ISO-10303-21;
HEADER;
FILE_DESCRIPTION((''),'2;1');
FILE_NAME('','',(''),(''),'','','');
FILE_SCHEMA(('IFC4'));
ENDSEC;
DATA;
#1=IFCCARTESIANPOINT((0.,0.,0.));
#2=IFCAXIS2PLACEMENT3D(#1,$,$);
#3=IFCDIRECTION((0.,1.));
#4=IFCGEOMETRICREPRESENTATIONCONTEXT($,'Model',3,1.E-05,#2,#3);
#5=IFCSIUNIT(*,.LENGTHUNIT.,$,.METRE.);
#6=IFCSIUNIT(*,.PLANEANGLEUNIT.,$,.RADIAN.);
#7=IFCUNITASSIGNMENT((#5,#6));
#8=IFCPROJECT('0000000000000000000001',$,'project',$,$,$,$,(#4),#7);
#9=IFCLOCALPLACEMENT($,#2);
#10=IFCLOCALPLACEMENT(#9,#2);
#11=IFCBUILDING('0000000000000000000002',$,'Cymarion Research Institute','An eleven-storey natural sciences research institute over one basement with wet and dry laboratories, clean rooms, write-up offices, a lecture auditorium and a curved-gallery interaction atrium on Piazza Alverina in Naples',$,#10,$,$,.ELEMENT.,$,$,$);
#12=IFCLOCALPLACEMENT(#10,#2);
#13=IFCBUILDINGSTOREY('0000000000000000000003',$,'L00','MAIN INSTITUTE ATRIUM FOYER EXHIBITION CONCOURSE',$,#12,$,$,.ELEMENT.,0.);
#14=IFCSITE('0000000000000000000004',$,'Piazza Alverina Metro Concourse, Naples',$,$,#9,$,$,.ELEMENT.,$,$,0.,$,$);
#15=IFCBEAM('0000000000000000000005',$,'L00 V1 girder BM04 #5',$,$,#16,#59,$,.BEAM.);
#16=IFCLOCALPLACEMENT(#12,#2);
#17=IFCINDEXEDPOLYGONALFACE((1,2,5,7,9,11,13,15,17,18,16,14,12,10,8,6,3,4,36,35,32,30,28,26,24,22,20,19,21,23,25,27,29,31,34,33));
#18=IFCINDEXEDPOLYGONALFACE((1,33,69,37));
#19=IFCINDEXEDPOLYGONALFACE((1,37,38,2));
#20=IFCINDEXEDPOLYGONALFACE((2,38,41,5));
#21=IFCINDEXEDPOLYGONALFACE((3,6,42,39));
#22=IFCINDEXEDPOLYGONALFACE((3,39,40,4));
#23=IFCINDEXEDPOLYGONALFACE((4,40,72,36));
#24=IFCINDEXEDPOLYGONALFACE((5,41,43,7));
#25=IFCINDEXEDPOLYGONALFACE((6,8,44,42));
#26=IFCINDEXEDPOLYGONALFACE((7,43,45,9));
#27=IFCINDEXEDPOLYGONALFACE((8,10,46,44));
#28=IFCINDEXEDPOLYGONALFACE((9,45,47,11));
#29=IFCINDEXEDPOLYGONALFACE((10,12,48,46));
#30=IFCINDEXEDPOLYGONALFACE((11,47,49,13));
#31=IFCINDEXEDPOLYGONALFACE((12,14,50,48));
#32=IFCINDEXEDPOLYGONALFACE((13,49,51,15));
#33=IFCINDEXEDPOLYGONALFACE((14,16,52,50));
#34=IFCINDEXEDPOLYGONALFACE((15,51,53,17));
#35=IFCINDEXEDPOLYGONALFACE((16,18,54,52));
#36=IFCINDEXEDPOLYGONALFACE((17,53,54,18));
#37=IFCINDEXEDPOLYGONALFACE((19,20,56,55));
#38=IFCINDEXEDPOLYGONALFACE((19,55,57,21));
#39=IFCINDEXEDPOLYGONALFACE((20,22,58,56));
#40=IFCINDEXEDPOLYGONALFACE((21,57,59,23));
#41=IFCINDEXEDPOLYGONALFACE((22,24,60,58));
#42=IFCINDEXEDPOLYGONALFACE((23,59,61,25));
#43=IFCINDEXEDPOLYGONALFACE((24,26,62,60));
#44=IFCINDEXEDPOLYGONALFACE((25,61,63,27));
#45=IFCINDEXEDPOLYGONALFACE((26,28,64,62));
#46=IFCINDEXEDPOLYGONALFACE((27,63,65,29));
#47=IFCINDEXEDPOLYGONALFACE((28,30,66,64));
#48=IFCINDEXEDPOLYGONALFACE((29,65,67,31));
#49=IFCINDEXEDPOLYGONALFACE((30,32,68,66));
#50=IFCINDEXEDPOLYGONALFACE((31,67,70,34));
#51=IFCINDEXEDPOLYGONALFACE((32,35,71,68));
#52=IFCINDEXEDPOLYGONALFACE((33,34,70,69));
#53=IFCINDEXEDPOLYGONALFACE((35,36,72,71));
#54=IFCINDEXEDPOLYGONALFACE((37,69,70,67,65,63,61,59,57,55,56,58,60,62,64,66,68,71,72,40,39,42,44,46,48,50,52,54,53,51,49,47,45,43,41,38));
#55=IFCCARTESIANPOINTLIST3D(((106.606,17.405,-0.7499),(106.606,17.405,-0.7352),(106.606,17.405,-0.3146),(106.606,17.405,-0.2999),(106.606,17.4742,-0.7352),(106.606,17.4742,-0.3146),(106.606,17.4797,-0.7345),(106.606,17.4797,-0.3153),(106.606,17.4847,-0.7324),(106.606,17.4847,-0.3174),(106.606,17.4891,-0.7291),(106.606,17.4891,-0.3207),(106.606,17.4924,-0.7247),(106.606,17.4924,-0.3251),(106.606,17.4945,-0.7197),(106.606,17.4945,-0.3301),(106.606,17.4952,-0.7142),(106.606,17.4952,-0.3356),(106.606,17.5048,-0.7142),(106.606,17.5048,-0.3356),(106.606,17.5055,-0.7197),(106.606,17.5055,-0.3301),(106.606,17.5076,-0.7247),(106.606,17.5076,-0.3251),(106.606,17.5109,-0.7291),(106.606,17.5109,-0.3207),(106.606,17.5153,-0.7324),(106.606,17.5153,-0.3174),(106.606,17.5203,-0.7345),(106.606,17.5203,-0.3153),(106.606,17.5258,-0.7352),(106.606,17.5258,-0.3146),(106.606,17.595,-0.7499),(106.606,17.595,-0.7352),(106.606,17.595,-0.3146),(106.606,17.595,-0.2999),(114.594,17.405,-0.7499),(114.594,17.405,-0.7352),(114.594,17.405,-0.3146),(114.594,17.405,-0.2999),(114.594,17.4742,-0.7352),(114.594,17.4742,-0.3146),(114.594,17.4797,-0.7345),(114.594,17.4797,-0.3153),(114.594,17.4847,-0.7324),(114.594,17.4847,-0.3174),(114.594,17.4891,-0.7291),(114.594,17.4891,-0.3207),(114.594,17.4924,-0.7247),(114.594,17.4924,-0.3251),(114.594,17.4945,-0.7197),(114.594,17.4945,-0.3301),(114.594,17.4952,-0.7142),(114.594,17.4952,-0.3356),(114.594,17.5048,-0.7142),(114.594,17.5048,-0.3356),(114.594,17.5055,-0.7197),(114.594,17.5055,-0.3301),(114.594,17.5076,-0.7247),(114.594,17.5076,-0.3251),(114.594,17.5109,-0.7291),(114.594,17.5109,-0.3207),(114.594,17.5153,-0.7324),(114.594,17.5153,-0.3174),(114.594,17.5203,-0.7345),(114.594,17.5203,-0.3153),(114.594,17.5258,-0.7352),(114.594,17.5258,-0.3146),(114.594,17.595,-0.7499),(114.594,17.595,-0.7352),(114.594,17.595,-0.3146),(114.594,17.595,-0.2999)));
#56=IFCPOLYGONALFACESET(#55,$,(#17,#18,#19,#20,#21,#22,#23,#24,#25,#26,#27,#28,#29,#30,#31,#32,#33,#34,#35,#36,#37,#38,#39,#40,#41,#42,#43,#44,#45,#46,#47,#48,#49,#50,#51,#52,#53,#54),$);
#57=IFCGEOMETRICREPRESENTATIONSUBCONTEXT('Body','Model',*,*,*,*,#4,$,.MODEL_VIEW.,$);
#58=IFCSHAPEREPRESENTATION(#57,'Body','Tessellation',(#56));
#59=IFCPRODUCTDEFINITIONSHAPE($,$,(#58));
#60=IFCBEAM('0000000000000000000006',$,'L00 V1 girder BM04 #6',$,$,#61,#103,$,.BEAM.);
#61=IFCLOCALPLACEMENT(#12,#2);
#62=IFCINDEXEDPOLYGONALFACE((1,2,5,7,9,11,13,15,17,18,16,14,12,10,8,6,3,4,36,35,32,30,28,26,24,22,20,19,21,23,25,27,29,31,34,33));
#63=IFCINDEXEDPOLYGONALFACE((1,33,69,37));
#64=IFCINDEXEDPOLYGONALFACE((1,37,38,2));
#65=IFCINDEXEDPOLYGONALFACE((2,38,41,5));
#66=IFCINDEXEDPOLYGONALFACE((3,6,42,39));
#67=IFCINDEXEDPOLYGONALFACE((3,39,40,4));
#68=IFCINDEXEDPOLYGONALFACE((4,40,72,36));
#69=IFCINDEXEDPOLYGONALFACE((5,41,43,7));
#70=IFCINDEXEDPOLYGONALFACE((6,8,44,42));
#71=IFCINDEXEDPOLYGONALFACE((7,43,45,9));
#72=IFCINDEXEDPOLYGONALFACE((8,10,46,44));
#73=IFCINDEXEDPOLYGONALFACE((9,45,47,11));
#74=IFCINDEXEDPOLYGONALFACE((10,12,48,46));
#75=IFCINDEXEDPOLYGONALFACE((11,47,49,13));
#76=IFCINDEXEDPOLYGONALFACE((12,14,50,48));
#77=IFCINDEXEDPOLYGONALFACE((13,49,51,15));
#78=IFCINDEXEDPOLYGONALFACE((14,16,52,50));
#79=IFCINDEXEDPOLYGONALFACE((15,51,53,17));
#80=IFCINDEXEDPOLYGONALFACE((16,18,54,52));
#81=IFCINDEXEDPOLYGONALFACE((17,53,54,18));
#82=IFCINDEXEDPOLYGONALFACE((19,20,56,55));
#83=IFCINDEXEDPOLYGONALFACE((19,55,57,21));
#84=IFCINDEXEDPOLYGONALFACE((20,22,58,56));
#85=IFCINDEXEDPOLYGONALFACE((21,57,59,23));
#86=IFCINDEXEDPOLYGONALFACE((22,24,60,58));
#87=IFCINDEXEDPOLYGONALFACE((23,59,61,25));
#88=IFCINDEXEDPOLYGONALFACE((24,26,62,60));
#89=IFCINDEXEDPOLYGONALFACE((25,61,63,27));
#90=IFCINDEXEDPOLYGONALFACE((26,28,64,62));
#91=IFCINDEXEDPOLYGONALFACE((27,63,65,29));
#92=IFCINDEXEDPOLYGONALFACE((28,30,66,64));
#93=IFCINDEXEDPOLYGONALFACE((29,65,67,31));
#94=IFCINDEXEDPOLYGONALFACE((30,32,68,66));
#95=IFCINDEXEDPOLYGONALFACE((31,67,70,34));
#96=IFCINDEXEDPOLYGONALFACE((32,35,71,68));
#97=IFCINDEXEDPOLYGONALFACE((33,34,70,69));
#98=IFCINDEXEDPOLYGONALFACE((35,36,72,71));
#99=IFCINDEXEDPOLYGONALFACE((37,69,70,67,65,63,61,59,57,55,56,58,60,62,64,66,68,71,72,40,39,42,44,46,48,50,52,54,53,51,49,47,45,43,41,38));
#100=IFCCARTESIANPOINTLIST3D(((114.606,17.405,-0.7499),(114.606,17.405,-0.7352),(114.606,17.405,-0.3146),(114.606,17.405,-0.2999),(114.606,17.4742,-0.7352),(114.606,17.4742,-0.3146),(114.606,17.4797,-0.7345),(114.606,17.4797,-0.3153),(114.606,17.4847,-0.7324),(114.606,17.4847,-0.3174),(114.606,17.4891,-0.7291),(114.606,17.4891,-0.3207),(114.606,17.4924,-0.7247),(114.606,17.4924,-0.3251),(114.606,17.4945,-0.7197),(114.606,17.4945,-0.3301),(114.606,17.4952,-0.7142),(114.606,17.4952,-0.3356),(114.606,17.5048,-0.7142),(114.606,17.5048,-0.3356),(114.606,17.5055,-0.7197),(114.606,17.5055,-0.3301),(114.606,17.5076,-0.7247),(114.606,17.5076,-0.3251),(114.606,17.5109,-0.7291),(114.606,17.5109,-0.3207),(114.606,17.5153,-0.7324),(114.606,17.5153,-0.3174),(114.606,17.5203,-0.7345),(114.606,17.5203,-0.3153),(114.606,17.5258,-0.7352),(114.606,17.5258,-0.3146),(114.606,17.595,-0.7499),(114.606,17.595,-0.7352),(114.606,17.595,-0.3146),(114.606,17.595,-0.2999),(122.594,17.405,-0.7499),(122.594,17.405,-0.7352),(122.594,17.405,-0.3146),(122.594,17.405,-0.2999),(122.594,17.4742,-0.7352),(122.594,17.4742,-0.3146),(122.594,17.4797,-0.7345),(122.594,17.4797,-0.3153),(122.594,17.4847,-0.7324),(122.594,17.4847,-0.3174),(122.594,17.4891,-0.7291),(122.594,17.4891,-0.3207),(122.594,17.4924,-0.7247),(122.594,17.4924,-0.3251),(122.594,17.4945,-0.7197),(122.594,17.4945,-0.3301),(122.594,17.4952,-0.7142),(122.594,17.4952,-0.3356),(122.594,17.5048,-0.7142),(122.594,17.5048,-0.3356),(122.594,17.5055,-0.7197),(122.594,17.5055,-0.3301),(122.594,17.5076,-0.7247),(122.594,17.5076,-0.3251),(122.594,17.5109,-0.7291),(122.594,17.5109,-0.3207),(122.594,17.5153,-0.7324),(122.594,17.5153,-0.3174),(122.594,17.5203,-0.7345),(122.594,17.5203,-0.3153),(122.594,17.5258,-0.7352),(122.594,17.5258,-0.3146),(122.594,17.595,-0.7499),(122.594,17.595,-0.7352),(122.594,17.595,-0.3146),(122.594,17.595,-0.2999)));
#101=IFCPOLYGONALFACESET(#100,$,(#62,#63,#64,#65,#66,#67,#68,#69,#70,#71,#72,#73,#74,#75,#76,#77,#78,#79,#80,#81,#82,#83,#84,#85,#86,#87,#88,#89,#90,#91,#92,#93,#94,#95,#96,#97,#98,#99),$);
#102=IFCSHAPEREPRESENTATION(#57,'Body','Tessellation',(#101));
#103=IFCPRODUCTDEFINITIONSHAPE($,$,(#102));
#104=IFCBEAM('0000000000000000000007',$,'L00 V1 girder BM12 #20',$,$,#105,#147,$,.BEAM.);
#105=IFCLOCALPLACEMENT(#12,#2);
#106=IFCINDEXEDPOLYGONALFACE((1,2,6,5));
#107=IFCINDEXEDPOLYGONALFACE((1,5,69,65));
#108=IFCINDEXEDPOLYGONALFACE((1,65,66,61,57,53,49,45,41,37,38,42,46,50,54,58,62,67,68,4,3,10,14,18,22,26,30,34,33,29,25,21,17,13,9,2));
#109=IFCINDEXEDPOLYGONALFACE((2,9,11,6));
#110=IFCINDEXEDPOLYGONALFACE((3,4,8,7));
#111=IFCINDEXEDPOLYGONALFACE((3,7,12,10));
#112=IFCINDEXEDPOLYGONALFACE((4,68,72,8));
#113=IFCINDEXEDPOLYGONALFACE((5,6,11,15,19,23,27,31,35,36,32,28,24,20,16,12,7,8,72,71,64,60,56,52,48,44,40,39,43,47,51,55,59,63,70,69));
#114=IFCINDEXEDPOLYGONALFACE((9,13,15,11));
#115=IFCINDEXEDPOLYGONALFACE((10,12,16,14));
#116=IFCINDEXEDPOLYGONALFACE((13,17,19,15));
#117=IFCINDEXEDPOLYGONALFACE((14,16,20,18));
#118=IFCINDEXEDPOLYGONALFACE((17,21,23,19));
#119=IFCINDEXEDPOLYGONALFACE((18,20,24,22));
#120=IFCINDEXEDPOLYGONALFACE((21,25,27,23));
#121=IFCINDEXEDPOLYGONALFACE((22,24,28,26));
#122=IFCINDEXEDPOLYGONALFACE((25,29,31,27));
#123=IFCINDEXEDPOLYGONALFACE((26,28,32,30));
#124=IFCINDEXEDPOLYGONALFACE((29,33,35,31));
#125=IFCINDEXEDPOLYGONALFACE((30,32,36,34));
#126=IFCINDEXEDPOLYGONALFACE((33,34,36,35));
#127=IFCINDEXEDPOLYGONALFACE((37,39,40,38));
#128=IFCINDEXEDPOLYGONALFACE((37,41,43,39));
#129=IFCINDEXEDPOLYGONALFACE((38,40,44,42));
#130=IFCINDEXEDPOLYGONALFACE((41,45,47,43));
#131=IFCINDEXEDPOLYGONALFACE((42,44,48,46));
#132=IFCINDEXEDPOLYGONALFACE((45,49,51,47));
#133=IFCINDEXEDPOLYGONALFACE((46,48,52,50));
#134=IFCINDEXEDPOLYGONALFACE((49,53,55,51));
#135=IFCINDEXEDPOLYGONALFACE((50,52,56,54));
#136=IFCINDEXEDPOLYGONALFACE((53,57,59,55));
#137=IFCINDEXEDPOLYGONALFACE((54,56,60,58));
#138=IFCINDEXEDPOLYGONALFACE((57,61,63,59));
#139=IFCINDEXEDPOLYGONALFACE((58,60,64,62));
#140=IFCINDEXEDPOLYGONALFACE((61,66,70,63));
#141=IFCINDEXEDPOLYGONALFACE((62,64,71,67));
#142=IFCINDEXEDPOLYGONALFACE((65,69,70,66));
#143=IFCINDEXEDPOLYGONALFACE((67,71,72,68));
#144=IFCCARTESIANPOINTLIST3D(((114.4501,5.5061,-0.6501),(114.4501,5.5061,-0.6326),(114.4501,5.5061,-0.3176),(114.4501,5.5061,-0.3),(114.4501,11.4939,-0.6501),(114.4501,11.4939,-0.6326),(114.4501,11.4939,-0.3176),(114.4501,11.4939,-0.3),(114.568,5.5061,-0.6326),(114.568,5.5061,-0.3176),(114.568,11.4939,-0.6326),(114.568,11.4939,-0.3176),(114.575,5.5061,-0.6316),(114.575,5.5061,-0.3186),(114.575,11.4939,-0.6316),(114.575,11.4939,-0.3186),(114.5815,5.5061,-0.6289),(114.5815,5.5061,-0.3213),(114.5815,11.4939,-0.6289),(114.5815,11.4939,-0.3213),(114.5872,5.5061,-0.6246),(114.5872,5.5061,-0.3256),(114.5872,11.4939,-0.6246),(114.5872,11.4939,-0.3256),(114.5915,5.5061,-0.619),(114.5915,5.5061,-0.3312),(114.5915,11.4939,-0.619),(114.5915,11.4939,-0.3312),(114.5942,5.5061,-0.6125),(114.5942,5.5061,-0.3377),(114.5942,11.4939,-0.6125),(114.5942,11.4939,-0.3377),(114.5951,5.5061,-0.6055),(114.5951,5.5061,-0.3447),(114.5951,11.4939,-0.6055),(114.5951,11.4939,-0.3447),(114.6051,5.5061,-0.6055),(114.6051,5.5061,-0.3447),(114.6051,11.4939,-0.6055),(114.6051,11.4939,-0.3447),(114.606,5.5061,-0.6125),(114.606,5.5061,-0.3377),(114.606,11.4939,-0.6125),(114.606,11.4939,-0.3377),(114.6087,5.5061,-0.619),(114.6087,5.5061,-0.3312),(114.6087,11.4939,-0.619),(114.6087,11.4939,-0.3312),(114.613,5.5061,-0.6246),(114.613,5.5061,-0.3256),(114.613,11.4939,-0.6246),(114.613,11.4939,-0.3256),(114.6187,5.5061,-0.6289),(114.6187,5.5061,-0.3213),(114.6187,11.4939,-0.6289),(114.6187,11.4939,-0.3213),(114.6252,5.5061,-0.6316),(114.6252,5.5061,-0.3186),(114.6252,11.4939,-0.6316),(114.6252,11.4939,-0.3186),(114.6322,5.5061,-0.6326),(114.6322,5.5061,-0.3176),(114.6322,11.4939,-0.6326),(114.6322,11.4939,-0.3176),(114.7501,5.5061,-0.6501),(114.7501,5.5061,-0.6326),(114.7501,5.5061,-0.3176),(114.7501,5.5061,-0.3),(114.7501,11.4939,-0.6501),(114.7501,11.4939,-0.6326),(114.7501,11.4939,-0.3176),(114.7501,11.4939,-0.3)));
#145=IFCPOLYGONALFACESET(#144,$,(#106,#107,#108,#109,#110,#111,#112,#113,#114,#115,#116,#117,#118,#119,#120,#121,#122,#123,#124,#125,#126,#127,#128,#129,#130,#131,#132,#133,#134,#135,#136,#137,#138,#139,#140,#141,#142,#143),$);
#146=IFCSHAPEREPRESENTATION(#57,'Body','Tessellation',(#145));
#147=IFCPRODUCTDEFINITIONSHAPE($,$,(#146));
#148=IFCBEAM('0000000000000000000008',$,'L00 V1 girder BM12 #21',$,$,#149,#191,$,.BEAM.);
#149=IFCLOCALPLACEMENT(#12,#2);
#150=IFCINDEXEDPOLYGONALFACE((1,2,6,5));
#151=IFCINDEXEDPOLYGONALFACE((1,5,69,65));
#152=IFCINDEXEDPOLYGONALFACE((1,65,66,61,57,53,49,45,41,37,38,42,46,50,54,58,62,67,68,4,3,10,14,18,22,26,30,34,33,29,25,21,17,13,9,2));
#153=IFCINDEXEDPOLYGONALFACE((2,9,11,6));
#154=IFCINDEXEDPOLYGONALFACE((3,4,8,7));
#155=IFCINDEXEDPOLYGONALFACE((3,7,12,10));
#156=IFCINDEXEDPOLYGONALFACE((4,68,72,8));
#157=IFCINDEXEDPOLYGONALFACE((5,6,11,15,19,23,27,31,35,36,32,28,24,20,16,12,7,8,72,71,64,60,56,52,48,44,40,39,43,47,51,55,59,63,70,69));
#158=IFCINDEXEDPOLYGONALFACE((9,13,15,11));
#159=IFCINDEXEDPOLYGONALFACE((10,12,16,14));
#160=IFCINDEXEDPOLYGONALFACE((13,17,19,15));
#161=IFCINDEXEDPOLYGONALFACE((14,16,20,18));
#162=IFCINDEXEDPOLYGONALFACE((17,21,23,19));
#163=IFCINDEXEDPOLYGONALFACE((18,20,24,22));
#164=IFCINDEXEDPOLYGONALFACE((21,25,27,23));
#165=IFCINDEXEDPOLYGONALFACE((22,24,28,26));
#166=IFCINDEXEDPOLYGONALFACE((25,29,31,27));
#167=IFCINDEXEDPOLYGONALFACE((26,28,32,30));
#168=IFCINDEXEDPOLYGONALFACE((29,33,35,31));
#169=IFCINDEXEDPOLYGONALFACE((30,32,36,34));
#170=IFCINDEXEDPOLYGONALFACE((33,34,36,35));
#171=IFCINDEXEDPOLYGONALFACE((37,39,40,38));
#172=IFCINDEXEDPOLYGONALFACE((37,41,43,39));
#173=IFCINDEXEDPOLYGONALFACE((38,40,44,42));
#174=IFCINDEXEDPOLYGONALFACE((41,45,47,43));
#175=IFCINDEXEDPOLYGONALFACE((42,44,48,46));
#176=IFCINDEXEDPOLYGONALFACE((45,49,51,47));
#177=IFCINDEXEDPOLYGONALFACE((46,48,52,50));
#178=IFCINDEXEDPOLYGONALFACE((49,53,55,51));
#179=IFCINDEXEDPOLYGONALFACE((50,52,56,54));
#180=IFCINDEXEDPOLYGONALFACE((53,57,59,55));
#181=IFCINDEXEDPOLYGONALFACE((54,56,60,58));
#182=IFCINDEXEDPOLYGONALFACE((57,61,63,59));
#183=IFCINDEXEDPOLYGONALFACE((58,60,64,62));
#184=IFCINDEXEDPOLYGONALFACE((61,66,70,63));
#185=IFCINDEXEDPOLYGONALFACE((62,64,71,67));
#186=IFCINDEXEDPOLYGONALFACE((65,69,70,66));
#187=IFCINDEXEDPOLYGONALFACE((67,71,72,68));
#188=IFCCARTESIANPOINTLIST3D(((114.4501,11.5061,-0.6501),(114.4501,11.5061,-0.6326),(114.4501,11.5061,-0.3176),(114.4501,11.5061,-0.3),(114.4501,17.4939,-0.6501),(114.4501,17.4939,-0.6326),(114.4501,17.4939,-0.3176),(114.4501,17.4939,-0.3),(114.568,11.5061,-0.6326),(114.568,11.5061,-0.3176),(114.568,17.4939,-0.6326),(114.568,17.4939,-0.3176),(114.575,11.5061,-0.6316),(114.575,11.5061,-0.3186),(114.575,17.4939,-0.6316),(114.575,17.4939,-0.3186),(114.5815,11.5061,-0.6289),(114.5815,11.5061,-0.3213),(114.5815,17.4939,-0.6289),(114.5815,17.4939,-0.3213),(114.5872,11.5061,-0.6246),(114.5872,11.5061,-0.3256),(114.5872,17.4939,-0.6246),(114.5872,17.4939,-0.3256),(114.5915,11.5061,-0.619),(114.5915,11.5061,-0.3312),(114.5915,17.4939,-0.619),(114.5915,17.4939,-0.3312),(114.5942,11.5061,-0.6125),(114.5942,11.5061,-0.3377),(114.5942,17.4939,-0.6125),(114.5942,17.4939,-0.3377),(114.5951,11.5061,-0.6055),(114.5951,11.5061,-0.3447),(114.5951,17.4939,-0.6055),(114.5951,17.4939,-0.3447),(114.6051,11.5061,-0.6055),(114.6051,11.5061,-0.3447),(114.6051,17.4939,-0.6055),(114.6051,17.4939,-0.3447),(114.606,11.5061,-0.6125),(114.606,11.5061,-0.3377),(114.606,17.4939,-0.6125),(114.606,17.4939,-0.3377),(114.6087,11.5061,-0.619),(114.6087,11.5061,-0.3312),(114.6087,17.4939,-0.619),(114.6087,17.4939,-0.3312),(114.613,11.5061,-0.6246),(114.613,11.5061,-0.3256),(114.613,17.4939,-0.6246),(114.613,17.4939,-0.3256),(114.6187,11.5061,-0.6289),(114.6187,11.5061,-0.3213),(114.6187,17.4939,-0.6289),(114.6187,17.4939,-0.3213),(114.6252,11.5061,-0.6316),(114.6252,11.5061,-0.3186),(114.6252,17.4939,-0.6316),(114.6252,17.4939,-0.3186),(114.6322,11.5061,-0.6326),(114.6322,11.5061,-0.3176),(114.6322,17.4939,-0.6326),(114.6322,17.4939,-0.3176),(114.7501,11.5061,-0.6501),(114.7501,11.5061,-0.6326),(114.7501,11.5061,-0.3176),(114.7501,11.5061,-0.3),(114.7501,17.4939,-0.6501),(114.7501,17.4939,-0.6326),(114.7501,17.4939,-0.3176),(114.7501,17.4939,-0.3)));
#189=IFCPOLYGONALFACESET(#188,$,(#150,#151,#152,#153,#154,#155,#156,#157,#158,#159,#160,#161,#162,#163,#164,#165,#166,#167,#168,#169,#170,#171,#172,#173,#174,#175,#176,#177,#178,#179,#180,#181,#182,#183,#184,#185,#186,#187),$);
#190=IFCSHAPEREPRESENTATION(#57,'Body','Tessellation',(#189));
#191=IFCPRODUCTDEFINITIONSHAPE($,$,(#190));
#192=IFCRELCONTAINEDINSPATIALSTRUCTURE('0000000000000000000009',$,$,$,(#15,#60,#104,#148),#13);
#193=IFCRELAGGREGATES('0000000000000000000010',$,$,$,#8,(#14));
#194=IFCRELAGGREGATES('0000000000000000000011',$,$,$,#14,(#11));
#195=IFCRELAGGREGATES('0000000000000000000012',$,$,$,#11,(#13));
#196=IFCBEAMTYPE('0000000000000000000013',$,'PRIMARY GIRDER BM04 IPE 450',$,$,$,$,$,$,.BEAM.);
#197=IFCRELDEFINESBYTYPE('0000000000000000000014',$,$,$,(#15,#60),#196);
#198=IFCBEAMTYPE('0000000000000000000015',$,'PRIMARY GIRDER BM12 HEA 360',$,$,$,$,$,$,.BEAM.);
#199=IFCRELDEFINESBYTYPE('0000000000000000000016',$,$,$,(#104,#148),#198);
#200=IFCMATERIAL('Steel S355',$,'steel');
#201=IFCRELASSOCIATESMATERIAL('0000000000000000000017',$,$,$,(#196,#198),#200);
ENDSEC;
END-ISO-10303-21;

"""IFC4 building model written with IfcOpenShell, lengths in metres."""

from ifc_helpers import new_model, si_unit, direction, frame, origin, origin_2d, place, context, subcontext, project, spatial, i_section, extrude, material, material_profile, profile_set, type_object, element, save


model = new_model("IFC4")

# Units and contexts
model_context = context("Model", 3, precision=1e-05, world=origin(), true_north=direction((0.0, 1.0)))
body_context = subcontext(model_context, "Body", "Model", "MODEL_VIEW")
ifc_project = project(units=[si_unit("LENGTHUNIT", "METRE"), si_unit("PLANEANGLEUNIT", "RADIAN")], contexts=[model_context])

# Site, building, storey
site_placement = place(None, origin())
site = spatial("IfcSite", under=ifc_project, at=site_placement, Name="Piazza Alverina Metro Concourse, Naples", CompositionType="ELEMENT", RefElevation=0.0)
building_placement = place(site_placement, origin())
building = spatial("IfcBuilding", under=site, at=building_placement, Name="Cymarion Research Institute", Description="An eleven-storey natural sciences research institute over one basement with wet and dry laboratories, clean rooms, write-up offices, a lecture auditorium and a curved-gallery interaction atrium on Piazza Alverina in Naples", CompositionType="ELEMENT")
storey_placement = place(building_placement, origin())
storey = spatial("IfcBuildingStorey", under=building, at=storey_placement, Name="L00", Description="MAIN INSTITUTE ATRIUM FOYER EXHIBITION CONCOURSE", CompositionType="ELEMENT", Elevation=0.0)

# Shared definitions
ifc_material_1 = material(Name="Steel S355", Category="steel")

# Beams
ifc_material_profile_1 = material_profile(ifc_material_1, i_section(OverallWidth=0.1899, OverallDepth=0.45, WebThickness=0.0095, FlangeThickness=0.0146, FilletRadius=0.021, at=origin_2d()), Name="IPE 450")
ifc_profile_set_1 = profile_set([ifc_material_profile_1], Name="Steel S355")
beam_type_1 = type_object("IfcBeamType", Name="PRIMARY GIRDER BM04 IPE 450", PredefinedType="BEAM", material=ifc_profile_set_1)
for number, where, z_axis, x_axis, name in (
    (1, (106.606, 17.5, -0.5249), (1.0, 0.0, 0.0), (0.0, 1.0, 0.0), "L00 V1 girder BM04 #5"),
    (2, (114.606, 17.5, -0.5249), (1.0, 0.0, 0.0), (0.0, 1.0, 0.0), "L00 V1 girder BM04 #6"),
):
    element("IfcBeam", number, at=place(storey_placement, frame(where, z_axis=z_axis, x_axis=x_axis)), inside=storey, type_object=beam_type_1, Name=name, PredefinedType="BEAM", context=body_context, shape_type="SweptSolid", body=[
        extrude(i_section(OverallWidth=0.1899, OverallDepth=0.45, WebThickness=0.0095, FlangeThickness=0.0146, FilletRadius=0.021, at=origin_2d()), origin(), (0.0, 0.0, 1.0), 7.988),
    ])
ifc_material_profile_2 = material_profile(ifc_material_1, i_section(OverallWidth=0.3, OverallDepth=0.3501, WebThickness=0.01, FlangeThickness=0.0176, FilletRadius=0.0271, at=origin_2d()), Name="HEA 360")
ifc_profile_set_2 = profile_set([ifc_material_profile_2], Name="Steel S355")
beam_type_2 = type_object("IfcBeamType", Name="PRIMARY GIRDER BM12 HEA 360", PredefinedType="BEAM", material=ifc_profile_set_2)
for number, where, z_axis, x_axis, name in (
    (3, (114.6001, 5.5061, -0.4751), (0.0, 1.0, 0.0), (-1.0, 0.0, 0.0), "L00 V1 girder BM12 #20"),
    (4, (114.6001, 11.5061, -0.4751), (0.0, 1.0, 0.0), (-1.0, 0.0, 0.0), "L00 V1 girder BM12 #21"),
):
    element("IfcBeam", number, at=place(storey_placement, frame(where, z_axis=z_axis, x_axis=x_axis)), inside=storey, type_object=beam_type_2, Name=name, PredefinedType="BEAM", context=body_context, shape_type="SweptSolid", body=[
        extrude(i_section(OverallWidth=0.3, OverallDepth=0.3501, WebThickness=0.01, FlangeThickness=0.0176, FilletRadius=0.0271, at=origin_2d()), origin(), (0.0, 0.0, 1.0), 5.9878),
    ])

save(model, "model.ifc")
